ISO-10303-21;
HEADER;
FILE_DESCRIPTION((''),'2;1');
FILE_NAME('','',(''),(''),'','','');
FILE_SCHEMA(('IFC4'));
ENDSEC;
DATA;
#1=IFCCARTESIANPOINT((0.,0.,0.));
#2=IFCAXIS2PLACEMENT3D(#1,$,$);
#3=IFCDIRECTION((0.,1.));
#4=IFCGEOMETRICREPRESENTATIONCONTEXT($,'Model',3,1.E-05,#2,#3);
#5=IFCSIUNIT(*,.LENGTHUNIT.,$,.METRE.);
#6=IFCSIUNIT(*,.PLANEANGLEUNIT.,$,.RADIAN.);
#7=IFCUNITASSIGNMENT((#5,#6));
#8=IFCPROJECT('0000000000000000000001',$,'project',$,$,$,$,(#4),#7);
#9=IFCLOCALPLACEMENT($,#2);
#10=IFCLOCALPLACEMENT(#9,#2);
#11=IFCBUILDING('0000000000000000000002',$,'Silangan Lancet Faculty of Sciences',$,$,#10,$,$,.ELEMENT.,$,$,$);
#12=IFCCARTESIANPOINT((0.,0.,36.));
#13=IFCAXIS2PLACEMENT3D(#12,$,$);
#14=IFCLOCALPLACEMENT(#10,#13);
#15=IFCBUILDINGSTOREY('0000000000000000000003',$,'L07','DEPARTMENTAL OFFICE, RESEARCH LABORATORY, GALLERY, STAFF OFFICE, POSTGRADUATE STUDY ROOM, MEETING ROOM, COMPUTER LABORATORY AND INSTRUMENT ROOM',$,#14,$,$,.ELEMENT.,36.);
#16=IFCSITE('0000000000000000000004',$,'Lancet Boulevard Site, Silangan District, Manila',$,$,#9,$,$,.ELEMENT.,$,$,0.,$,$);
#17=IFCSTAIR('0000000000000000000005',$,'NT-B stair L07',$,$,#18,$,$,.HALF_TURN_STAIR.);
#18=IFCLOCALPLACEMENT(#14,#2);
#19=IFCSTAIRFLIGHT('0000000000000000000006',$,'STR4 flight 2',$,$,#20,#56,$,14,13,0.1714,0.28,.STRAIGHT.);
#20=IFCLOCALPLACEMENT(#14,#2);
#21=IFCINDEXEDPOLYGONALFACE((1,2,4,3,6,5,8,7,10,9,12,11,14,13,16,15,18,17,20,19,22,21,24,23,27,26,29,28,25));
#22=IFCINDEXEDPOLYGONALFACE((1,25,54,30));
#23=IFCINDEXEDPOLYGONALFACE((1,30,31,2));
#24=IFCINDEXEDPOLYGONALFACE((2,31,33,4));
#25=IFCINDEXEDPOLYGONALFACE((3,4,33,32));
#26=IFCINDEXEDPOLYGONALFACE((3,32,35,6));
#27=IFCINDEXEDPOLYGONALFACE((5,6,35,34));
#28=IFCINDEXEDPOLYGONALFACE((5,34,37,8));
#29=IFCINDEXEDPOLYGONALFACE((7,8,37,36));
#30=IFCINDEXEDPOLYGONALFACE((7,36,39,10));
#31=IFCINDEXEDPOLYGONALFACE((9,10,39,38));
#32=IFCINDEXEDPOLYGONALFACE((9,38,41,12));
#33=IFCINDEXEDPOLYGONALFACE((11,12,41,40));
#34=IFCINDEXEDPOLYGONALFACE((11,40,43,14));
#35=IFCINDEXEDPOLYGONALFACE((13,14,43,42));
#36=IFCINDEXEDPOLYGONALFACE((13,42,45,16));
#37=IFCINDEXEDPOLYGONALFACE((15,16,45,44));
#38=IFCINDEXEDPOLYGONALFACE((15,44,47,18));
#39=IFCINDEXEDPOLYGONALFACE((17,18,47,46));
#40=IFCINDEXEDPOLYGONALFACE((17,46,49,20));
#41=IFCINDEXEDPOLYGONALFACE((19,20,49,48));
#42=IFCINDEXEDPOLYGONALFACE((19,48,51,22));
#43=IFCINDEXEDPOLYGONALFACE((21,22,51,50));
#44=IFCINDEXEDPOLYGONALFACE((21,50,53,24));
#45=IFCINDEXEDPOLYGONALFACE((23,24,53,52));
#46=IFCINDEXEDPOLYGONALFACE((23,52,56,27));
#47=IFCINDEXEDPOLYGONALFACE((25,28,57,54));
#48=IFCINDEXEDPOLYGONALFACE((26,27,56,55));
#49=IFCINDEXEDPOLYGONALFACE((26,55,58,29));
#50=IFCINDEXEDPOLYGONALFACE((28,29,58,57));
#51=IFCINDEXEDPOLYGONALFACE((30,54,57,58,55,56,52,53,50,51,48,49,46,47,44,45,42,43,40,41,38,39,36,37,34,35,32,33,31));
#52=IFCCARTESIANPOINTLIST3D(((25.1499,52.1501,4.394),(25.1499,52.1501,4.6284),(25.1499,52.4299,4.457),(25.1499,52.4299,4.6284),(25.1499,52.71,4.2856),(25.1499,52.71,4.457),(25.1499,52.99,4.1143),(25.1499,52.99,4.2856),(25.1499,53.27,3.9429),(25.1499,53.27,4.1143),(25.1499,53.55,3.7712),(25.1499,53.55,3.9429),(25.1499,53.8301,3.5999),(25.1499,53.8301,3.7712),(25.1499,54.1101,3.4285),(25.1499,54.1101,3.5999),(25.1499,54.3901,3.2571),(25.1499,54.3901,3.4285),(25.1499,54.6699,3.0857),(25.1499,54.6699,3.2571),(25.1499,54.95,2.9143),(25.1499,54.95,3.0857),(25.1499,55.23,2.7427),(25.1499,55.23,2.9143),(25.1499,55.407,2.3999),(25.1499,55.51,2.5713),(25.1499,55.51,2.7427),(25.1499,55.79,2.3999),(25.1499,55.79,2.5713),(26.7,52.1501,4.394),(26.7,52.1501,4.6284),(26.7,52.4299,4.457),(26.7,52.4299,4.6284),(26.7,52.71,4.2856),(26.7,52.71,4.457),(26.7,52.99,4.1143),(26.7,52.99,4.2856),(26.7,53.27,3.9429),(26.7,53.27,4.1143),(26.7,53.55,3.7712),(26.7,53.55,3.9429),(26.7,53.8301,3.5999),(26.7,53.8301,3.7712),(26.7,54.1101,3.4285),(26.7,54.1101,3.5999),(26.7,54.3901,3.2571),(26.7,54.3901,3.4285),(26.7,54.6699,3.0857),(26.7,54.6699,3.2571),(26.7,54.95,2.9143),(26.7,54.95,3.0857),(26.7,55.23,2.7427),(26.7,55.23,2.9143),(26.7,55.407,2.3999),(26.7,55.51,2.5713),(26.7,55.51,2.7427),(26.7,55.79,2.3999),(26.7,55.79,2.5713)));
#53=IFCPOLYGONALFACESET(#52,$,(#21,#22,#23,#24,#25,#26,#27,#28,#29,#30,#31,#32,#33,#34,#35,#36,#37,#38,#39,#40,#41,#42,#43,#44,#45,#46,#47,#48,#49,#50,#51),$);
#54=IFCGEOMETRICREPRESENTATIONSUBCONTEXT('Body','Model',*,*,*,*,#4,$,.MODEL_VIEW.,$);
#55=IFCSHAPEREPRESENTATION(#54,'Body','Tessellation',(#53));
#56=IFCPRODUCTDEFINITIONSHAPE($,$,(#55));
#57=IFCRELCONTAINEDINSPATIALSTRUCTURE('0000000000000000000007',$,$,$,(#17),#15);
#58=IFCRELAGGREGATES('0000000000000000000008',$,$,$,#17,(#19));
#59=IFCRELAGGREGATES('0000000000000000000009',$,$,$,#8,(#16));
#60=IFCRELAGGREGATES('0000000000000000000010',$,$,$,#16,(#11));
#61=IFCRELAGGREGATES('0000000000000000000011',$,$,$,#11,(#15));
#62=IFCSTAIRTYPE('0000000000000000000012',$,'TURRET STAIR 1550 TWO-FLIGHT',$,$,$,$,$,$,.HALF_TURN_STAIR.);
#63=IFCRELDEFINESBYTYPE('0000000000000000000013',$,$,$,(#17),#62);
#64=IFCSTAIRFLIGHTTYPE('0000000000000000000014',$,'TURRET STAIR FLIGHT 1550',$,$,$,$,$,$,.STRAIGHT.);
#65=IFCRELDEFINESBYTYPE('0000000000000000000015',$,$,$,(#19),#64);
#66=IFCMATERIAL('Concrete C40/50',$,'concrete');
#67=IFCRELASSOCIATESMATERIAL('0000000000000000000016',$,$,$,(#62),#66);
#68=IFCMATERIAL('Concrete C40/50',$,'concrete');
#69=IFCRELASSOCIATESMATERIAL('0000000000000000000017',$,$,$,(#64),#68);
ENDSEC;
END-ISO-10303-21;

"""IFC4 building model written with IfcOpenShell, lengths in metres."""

from ifc_helpers import new_model, si_unit, direction, frame, origin, place, context, subcontext, project, spatial, polyline, outline, extrude, material, type_object, element, aggregate, save


model = new_model("IFC4")

# Units and contexts
model_context = context("Model", 3, precision=1e-05, world=origin(), true_north=direction((0.0, 1.0)))
body_context = subcontext(model_context, "Body", "Model", "MODEL_VIEW")
ifc_project = project(units=[si_unit("LENGTHUNIT", "METRE"), si_unit("PLANEANGLEUNIT", "RADIAN")], contexts=[model_context])

# Site, building, storey
site_placement = place(None, origin())
site = spatial("IfcSite", under=ifc_project, at=site_placement, Name="Lancet Boulevard Site, Silangan District, Manila", CompositionType="ELEMENT", RefElevation=0.0)
building_placement = place(site_placement, origin())
building = spatial("IfcBuilding", under=site, at=building_placement, Name="Silangan Lancet Faculty of Sciences", CompositionType="ELEMENT")
storey_placement = place(building_placement, frame((0.0, 0.0, 36.0)))
storey = spatial("IfcBuildingStorey", under=building, at=storey_placement, Name="L07", Description="DEPARTMENTAL OFFICE, RESEARCH LABORATORY, GALLERY, STAFF OFFICE, POSTGRADUATE STUDY ROOM, MEETING ROOM, COMPUTER LABORATORY AND INSTRUMENT ROOM", CompositionType="ELEMENT", Elevation=36.0)

# Stair, stair flight
ifc_material_1 = material(Name="Concrete C40/50", Category="concrete")
stair_type = type_object("IfcStairType", Name="TURRET STAIR 1550 TWO-FLIGHT", PredefinedType="HALF_TURN_STAIR", material=ifc_material_1)
stair_placement = place(storey_placement, origin())
stair = element("IfcStair", 1, at=stair_placement, inside=storey, type_object=stair_type, Name="NT-B stair L07", PredefinedType="HALF_TURN_STAIR")
ifc_material_2 = material(Name="Concrete C40/50", Category="concrete")
stair_flight_type = type_object("IfcStairFlightType", Name="TURRET STAIR FLIGHT 1550", PredefinedType="STRAIGHT", material=ifc_material_2)
stair_flight_1_placement = place(storey_placement, frame((25.925, 55.79, 2.3999), z_axis=(0.0, 0.0, 1.0), x_axis=(0.0, -1.0, 0.0)))
stair_flight_1 = element("IfcStairFlight", 2, at=stair_flight_1_placement, type_object=stair_flight_type, Name="STR4 flight 2", NumberOfRisers=14, NumberOfTreads=13, PredefinedType="STRAIGHT", RiserHeight=0.1714, TreadLength=0.28, context=body_context, shape_type="SweptSolid", body=[
    extrude(outline(polyline([(0.0, 0.0), (0.0, 0.1714), (0.28, 0.1714), (0.28, 0.3428), (0.5601, 0.3428), (0.5601, 0.5144), (0.8401, 0.5144), (0.8401, 0.6858), (1.1201, 0.6858), (1.1201, 0.8572), (1.3999, 0.8572), (1.3999, 1.0286), (1.6799, 1.0286), (1.6799, 1.2), (1.96, 1.2), (1.96, 1.3713), (2.24, 1.3713), (2.24, 1.543), (2.52, 1.543), (2.52, 1.7144), (2.8, 1.7144), (2.8, 1.8857), (3.0801, 1.8857), (3.0801, 2.0571), (3.3601, 2.0571), (3.3601, 2.2285), (3.6399, 2.2285), (3.6399, 2.3999), (3.6399, 1.9941), (0.3831, 0.0), (0.0, 0.0)])), frame((0.0, 0.7749, 0.0), z_axis=(0.0, -1.0, 0.0), x_axis=(1.0, 0.0, 0.0)), (0.0, 0.0, 1.0), 1.55),
])
aggregate(stair, [stair_flight_1])

save(model, "model.ifc")
